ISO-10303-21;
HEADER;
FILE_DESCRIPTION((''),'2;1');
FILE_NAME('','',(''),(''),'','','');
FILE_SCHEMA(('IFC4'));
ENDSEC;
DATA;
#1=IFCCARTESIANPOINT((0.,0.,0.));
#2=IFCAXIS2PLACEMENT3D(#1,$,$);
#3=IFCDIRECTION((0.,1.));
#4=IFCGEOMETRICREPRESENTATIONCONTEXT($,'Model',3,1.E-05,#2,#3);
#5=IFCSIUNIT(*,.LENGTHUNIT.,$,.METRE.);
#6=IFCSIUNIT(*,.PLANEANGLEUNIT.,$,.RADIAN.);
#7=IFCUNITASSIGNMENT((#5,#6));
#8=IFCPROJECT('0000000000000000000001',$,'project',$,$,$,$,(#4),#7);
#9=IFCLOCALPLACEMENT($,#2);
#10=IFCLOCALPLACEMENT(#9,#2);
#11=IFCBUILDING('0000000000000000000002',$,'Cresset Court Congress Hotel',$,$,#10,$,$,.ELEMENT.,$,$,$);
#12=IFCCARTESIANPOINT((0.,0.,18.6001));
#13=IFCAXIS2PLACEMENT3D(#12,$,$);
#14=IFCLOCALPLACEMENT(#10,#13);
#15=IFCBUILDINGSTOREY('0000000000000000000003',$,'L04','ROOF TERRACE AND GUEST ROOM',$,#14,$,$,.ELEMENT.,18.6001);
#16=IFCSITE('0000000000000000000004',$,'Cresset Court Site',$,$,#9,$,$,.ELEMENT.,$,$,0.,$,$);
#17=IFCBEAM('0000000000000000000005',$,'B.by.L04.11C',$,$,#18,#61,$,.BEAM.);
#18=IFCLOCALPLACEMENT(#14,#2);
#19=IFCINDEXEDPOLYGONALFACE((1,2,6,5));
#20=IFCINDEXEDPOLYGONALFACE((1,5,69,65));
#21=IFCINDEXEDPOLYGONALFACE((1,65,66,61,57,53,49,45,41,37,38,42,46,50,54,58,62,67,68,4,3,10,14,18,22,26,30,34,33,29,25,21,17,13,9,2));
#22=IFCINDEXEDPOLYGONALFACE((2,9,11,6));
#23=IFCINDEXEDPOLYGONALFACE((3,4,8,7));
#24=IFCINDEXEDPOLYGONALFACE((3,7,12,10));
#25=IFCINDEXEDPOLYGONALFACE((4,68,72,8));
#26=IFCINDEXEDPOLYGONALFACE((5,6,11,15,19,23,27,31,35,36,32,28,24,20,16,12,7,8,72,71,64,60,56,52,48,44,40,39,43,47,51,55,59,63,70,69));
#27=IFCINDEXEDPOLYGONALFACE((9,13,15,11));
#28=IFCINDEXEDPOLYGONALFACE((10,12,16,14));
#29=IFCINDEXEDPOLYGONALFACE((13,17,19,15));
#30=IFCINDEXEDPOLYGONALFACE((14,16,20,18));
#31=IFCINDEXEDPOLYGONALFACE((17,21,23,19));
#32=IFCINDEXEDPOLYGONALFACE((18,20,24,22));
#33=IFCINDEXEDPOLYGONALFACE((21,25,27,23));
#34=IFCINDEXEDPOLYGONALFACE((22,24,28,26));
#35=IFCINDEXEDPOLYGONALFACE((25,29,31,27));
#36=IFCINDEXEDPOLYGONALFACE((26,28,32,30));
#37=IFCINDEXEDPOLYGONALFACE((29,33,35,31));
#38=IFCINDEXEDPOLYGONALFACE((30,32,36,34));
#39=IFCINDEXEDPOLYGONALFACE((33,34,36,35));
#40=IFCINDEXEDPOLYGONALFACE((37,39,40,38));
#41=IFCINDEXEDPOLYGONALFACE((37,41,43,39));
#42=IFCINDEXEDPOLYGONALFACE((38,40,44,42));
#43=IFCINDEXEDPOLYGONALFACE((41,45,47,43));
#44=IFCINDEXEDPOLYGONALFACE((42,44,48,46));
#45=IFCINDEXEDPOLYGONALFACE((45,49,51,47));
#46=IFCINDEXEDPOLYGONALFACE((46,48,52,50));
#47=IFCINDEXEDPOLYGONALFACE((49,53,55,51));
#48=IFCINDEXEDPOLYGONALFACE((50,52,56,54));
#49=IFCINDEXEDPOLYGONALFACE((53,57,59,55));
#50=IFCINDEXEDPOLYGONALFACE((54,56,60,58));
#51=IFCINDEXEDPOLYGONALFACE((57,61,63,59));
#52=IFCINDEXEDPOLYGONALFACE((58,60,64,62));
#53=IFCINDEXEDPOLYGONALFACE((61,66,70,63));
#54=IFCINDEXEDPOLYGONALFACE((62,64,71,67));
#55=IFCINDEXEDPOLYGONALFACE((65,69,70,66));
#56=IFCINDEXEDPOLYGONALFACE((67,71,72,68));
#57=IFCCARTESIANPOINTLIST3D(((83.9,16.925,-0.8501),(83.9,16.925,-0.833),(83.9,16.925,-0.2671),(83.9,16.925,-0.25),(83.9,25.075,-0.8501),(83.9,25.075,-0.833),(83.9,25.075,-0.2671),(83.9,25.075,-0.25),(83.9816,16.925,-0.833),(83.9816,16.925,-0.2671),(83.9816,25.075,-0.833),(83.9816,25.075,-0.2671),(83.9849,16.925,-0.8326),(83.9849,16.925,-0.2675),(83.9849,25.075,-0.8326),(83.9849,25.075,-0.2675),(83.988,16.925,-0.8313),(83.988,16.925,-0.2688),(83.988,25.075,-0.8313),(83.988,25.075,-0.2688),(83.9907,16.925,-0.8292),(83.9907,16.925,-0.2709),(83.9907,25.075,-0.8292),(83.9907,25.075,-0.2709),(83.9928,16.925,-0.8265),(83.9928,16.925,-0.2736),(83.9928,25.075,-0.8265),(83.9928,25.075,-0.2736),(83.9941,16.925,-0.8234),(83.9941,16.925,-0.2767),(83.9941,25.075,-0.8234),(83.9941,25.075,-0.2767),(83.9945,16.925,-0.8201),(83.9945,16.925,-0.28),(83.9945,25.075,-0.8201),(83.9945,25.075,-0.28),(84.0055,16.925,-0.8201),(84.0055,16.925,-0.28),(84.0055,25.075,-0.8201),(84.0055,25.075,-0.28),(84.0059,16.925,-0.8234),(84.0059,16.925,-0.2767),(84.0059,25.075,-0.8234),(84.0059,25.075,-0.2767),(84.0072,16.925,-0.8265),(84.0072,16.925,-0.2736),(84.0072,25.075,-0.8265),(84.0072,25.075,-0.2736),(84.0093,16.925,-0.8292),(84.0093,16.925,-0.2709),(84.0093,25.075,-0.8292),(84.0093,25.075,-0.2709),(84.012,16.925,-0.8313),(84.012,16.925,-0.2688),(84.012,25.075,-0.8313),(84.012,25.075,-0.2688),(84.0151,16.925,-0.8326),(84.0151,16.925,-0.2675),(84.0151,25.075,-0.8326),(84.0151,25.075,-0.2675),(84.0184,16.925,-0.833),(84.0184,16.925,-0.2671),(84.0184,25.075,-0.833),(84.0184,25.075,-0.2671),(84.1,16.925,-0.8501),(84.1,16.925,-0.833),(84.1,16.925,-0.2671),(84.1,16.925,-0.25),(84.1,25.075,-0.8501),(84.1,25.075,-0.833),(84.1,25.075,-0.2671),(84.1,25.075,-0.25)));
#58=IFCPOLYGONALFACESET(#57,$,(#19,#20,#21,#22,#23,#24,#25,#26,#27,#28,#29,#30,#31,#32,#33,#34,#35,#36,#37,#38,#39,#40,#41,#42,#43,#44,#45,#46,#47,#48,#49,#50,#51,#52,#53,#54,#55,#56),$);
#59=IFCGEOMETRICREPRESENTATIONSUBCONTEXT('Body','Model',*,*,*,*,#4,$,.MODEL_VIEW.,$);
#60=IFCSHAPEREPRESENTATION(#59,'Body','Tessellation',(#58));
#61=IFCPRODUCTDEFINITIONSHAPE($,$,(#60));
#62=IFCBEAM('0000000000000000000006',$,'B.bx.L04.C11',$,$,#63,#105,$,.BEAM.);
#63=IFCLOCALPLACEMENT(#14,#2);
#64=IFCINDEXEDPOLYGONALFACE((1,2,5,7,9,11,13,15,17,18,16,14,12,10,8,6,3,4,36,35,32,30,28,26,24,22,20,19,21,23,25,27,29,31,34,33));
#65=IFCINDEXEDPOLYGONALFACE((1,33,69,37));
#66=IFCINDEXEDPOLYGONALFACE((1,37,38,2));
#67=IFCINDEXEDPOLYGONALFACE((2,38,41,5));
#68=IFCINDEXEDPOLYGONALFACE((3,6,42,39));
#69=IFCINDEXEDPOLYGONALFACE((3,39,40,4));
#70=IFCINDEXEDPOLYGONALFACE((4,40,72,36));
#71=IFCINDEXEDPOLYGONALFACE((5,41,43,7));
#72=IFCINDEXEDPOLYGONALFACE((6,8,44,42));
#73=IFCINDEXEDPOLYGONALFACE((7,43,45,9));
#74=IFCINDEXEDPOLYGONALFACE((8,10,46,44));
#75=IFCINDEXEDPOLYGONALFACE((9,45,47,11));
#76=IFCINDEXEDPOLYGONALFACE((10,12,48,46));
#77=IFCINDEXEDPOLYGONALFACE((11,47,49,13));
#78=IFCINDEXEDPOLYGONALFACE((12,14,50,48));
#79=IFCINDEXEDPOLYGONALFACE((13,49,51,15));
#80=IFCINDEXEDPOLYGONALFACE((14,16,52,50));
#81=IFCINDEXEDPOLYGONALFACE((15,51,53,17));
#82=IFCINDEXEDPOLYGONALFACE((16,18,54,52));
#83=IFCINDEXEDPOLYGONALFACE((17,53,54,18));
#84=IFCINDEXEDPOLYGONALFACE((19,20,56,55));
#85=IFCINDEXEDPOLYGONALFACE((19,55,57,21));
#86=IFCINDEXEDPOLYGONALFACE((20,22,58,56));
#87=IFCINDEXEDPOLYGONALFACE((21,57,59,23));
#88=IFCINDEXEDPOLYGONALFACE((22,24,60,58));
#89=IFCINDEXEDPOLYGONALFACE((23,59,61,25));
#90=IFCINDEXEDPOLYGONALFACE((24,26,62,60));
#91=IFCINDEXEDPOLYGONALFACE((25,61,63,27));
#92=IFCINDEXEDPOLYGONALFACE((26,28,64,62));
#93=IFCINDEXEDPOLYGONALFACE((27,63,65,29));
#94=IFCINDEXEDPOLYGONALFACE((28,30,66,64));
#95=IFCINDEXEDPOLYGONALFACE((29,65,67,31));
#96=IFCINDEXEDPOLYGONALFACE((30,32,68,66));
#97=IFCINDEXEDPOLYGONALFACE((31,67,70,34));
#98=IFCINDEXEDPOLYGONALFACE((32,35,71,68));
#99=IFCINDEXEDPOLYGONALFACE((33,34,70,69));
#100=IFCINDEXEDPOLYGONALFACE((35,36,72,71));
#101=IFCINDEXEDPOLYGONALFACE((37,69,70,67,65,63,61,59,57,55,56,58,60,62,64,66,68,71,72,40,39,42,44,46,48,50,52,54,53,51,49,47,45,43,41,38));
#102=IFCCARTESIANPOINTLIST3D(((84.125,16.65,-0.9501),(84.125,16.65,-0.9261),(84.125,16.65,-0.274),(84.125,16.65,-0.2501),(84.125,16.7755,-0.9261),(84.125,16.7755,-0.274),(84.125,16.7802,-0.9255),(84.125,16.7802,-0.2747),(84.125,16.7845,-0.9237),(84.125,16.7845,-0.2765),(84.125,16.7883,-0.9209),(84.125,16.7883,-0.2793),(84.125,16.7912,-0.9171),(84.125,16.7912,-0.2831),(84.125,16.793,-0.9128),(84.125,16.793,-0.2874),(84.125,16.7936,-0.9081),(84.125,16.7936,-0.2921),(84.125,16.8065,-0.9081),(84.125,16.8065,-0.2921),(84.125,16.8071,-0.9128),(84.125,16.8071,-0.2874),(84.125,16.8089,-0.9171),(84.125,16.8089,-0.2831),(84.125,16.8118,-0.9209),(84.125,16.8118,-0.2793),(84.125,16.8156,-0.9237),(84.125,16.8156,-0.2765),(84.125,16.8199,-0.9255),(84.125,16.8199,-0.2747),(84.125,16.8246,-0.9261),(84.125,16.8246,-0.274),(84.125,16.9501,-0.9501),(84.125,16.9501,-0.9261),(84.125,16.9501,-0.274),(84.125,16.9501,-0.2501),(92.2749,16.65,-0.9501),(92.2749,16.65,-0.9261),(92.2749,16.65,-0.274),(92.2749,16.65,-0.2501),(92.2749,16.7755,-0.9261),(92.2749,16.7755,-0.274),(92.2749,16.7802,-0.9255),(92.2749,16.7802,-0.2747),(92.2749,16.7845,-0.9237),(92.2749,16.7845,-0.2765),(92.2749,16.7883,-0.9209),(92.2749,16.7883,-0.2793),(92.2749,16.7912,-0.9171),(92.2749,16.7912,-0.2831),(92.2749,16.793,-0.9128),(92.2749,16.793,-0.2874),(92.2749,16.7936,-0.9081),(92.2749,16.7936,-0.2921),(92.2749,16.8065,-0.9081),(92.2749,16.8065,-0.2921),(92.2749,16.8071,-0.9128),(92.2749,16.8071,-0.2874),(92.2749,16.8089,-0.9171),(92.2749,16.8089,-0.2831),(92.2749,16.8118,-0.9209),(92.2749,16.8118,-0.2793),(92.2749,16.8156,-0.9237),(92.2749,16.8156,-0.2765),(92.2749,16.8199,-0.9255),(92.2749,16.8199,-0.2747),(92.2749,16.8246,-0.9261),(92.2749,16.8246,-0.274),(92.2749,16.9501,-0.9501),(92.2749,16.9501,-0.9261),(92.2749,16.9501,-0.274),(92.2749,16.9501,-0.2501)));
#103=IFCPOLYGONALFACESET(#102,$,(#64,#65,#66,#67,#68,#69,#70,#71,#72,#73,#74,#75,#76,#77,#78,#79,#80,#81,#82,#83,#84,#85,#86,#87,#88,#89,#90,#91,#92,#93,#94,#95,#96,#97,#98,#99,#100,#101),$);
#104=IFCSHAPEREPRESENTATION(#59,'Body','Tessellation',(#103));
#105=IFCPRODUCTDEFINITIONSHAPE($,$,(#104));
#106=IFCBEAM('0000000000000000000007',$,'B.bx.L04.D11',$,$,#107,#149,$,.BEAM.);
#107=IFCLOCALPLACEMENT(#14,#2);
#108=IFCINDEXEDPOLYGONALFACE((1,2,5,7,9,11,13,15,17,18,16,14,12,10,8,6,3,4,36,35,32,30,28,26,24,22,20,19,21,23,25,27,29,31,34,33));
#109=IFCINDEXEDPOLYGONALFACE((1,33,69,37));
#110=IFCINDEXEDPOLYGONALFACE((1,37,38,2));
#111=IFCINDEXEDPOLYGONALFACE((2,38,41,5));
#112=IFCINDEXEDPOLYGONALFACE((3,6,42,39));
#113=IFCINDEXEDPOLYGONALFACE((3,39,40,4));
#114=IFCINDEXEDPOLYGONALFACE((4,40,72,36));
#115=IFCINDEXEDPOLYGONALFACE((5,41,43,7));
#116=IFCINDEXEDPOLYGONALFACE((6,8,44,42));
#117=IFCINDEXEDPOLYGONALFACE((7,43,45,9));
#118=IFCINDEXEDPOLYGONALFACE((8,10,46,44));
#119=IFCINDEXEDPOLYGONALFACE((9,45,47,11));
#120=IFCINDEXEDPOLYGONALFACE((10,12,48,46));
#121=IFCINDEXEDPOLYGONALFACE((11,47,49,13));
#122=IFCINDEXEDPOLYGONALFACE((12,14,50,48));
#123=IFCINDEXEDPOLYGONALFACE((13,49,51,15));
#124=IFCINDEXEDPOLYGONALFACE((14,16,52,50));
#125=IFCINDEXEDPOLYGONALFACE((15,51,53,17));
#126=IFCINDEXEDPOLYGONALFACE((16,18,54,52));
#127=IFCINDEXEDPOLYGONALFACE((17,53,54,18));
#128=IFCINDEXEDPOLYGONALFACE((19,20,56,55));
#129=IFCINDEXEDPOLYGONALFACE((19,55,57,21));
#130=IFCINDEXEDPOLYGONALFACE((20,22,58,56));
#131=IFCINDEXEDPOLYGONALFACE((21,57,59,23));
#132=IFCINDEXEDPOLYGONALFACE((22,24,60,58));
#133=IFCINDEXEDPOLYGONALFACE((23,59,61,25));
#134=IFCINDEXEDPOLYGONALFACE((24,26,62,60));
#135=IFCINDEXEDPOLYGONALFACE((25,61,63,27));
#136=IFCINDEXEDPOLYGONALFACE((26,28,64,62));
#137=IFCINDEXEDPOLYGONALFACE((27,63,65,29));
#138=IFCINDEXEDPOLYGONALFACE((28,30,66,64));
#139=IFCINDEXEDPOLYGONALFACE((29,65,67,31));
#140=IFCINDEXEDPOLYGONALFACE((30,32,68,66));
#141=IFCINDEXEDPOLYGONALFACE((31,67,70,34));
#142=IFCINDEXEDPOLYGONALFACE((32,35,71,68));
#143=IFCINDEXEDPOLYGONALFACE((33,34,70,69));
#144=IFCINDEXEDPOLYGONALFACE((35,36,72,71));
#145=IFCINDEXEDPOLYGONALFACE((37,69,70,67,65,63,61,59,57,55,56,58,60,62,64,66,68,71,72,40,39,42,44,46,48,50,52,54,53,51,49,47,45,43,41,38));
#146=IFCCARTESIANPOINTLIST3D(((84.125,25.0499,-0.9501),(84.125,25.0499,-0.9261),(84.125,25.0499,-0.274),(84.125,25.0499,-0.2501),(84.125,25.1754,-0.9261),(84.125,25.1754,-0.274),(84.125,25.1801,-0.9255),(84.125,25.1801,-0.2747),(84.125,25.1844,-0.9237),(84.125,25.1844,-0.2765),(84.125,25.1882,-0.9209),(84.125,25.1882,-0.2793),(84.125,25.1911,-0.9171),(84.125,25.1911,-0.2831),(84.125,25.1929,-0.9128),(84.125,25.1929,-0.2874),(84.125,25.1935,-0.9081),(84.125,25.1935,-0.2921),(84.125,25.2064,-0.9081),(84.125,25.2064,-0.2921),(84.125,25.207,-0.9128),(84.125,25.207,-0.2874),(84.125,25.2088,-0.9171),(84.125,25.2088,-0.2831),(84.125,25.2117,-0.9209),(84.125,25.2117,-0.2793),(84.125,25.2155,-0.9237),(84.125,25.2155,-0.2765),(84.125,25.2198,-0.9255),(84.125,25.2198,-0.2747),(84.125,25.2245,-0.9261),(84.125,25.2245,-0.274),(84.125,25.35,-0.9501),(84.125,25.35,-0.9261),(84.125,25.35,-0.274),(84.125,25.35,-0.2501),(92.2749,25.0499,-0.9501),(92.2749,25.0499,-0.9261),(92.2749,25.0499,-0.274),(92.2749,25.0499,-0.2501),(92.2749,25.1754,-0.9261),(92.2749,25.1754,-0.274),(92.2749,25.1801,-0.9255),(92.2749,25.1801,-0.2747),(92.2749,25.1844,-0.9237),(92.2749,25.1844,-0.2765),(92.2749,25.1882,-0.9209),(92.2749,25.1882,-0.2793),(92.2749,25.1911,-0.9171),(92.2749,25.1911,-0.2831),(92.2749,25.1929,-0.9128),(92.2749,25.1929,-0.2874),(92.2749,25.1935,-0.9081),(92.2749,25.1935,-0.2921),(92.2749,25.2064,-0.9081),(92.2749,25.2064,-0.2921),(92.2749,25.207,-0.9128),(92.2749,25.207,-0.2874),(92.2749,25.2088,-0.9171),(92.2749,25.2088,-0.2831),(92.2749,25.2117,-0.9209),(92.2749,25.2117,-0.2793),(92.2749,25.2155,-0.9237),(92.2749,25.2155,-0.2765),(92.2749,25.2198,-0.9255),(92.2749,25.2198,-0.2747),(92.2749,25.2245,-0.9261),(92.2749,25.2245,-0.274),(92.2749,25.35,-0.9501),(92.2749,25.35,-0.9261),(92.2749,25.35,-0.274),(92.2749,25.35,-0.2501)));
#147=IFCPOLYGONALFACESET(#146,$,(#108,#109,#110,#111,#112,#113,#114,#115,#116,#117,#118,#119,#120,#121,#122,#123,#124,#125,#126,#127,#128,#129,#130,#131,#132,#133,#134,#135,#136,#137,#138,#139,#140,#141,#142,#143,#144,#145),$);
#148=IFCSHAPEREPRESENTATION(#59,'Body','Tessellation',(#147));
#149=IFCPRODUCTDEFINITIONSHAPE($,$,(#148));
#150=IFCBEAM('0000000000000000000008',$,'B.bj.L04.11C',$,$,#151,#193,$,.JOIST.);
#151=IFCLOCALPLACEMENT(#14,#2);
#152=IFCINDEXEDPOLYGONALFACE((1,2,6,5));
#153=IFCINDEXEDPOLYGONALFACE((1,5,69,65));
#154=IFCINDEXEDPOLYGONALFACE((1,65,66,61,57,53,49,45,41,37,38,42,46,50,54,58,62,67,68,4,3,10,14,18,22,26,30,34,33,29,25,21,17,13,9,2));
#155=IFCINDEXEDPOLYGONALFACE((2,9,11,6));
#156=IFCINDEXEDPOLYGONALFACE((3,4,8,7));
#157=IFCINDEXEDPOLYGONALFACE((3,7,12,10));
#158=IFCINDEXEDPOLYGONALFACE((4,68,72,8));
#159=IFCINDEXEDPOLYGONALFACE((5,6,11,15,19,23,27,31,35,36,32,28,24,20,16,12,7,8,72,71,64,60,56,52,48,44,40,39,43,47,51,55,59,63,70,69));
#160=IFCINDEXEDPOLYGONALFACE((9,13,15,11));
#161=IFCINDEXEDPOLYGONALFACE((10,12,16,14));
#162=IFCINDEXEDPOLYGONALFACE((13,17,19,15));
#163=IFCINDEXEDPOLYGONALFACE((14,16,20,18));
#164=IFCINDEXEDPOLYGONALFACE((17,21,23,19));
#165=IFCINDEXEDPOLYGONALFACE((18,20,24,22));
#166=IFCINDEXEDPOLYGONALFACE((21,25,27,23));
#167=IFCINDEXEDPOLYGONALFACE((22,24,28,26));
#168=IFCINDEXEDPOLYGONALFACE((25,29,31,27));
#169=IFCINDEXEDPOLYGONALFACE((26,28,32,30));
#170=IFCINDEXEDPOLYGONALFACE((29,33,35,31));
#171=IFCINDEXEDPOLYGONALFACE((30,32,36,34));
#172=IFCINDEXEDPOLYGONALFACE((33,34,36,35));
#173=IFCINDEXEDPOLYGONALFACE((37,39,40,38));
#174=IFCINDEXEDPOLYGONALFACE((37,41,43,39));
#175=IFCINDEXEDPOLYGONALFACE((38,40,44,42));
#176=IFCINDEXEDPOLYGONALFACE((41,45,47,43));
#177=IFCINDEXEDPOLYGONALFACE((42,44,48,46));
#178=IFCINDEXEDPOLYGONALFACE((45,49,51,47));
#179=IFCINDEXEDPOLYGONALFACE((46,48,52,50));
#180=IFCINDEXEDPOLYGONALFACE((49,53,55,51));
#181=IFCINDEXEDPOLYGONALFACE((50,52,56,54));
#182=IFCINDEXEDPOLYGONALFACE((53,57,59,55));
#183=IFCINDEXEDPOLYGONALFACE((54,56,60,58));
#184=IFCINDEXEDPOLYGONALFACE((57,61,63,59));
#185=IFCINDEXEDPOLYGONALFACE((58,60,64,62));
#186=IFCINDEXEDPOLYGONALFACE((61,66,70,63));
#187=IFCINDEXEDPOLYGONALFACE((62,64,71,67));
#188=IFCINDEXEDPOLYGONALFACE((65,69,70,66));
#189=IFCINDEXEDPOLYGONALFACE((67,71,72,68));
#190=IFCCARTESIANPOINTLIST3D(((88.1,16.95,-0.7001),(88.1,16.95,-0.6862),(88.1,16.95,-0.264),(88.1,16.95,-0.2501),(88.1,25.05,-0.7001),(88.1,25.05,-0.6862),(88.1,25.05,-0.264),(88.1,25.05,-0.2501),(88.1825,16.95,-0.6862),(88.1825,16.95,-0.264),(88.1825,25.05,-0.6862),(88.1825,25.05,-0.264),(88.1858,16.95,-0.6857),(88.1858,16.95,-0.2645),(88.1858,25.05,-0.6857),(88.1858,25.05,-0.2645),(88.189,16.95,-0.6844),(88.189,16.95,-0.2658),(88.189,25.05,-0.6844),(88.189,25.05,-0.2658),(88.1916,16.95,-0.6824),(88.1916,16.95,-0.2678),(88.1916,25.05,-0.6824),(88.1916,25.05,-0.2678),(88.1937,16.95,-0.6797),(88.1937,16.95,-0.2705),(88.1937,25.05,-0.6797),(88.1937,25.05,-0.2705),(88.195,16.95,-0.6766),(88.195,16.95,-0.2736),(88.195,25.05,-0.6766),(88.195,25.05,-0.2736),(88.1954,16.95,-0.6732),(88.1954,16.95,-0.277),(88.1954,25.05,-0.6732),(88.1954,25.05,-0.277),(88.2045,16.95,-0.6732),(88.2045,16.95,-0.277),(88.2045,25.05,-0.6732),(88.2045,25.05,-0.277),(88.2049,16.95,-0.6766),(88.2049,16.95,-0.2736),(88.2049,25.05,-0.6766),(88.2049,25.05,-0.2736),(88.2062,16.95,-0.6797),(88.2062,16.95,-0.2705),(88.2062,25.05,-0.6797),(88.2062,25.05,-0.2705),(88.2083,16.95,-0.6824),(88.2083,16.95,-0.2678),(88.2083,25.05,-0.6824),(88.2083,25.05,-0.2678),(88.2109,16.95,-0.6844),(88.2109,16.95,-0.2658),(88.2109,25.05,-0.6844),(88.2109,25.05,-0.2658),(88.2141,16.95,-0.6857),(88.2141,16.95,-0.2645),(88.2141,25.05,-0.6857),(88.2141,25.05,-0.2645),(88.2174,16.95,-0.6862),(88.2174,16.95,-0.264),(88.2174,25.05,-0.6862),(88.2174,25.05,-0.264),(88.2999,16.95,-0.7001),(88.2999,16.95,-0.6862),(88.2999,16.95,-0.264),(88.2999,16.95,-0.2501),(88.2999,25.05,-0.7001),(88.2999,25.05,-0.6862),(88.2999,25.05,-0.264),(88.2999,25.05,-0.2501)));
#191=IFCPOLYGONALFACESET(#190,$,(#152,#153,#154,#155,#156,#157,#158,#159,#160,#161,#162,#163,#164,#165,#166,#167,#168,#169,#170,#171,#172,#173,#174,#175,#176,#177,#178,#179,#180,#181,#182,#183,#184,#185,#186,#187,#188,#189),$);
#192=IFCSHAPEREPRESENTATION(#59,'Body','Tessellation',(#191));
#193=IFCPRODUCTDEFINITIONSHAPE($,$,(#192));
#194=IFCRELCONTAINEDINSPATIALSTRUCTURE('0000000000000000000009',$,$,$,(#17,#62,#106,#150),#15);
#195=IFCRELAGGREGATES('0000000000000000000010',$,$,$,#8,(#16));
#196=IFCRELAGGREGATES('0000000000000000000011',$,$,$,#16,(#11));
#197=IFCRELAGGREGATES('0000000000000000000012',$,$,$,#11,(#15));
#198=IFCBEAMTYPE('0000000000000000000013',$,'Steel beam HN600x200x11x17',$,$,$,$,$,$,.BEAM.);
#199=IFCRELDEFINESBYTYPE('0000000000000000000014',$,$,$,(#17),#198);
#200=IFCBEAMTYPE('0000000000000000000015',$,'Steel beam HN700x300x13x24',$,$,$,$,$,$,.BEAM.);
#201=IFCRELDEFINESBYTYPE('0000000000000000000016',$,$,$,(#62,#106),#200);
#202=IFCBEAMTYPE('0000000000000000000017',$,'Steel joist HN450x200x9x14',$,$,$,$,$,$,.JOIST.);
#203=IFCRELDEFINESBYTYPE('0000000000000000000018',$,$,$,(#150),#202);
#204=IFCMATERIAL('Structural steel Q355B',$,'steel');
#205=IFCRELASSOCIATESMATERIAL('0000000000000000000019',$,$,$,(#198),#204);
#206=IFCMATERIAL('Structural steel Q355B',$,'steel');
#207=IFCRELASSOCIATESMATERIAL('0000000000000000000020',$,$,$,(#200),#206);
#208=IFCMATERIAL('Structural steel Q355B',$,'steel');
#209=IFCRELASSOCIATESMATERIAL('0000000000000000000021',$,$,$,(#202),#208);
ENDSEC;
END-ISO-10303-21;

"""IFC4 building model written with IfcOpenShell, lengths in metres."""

from ifc_helpers import new_model, si_unit, direction, frame, origin, origin_2d, place, context, subcontext, project, spatial, i_section, extrude, material, material_profile, profile_set, type_object, element, save


model = new_model("IFC4")

# Units and contexts
model_context = context("Model", 3, precision=1e-05, world=origin(), true_north=direction((0.0, 1.0)))
body_context = subcontext(model_context, "Body", "Model", "MODEL_VIEW")
ifc_project = project(units=[si_unit("LENGTHUNIT", "METRE"), si_unit("PLANEANGLEUNIT", "RADIAN")], contexts=[model_context])

# Site, building, storey
site_placement = place(None, origin())
site = spatial("IfcSite", under=ifc_project, at=site_placement, Name="Cresset Court Site", CompositionType="ELEMENT", RefElevation=0.0)
building_placement = place(site_placement, origin())
building = spatial("IfcBuilding", under=site, at=building_placement, Name="Cresset Court Congress Hotel", CompositionType="ELEMENT")
storey_placement = place(building_placement, frame((0.0, 0.0, 18.6001)))
storey = spatial("IfcBuildingStorey", under=building, at=storey_placement, Name="L04", Description="ROOF TERRACE AND GUEST ROOM", CompositionType="ELEMENT", Elevation=18.6001)

# Beams
ifc_material_1 = material(Name="Structural steel Q355B", Category="steel")
ifc_material_profile_1 = material_profile(ifc_material_1, i_section(OverallWidth=0.2, OverallDepth=0.6001, WebThickness=0.011, FlangeThickness=0.0171, FilletRadius=0.0129, at=origin_2d()), Name="HN600x200x11x17")
ifc_profile_set_1 = profile_set([ifc_material_profile_1], Name="Structural steel Q355B")
beam_type_1 = type_object("IfcBeamType", Name="Steel beam HN600x200x11x17", PredefinedType="BEAM", material=ifc_profile_set_1)
beam_1_placement = place(storey_placement, frame((84.0, 16.925, -0.55), z_axis=(0.0, 1.0, 0.0), x_axis=(-1.0, 0.0, 0.0)))
element("IfcBeam", 1, at=beam_1_placement, inside=storey, type_object=beam_type_1, Name="B.by.L04.11C", PredefinedType="BEAM", context=body_context, shape_type="SweptSolid", body=[
    extrude(i_section(OverallWidth=0.2, OverallDepth=0.6001, WebThickness=0.011, FlangeThickness=0.0171, FilletRadius=0.0129, at=origin_2d()), origin(), (0.0, 0.0, 1.0), 8.1499),
])
ifc_material_2 = material(Name="Structural steel Q355B", Category="steel")
ifc_material_profile_2 = material_profile(ifc_material_2, i_section(OverallWidth=0.3, OverallDepth=0.7, WebThickness=0.0129, FlangeThickness=0.0239, FilletRadius=0.0181, at=origin_2d()), Name="HN700x300x13x24")
ifc_profile_set_2 = profile_set([ifc_material_profile_2], Name="Structural steel Q355B")
beam_type_2 = type_object("IfcBeamType", Name="Steel beam HN700x300x13x24", PredefinedType="BEAM", material=ifc_profile_set_2)
for number, where, z_axis, x_axis, name in (
    (2, (84.125, 16.8, -0.6001), (1.0, 0.0, 0.0), (0.0, 1.0, 0.0), "B.bx.L04.C11"),
    (3, (84.125, 25.2, -0.6001), (1.0, 0.0, 0.0), (0.0, 1.0, 0.0), "B.bx.L04.D11"),
):
    element("IfcBeam", number, at=place(storey_placement, frame(where, z_axis=z_axis, x_axis=x_axis)), inside=storey, type_object=beam_type_2, Name=name, PredefinedType="BEAM", context=body_context, shape_type="SweptSolid", body=[
        extrude(i_section(OverallWidth=0.3, OverallDepth=0.7, WebThickness=0.0129, FlangeThickness=0.0239, FilletRadius=0.0181, at=origin_2d()), origin(), (0.0, 0.0, 1.0), 8.1499),
    ])
ifc_material_3 = material(Name="Structural steel Q355B", Category="steel")
ifc_material_profile_3 = material_profile(ifc_material_3, i_section(OverallWidth=0.2, OverallDepth=0.45, WebThickness=0.009, FlangeThickness=0.0139, FilletRadius=0.0129, at=origin_2d()), Name="HN450x200x9x14")
ifc_profile_set_3 = profile_set([ifc_material_profile_3], Name="Structural steel Q355B")
beam_type_3 = type_object("IfcBeamType", Name="Steel joist HN450x200x9x14", PredefinedType="JOIST", material=ifc_profile_set_3)
beam_2_placement = place(storey_placement, frame((88.2, 16.95, -0.4751), z_axis=(0.0, 1.0, 0.0), x_axis=(-1.0, 0.0, 0.0)))
element("IfcBeam", 4, at=beam_2_placement, inside=storey, type_object=beam_type_3, Name="B.bj.L04.11C", PredefinedType="JOIST", context=body_context, shape_type="SweptSolid", body=[
    extrude(i_section(OverallWidth=0.2, OverallDepth=0.45, WebThickness=0.009, FlangeThickness=0.0139, FilletRadius=0.0129, at=origin_2d()), origin(), (0.0, 0.0, 1.0), 8.1001),
])

save(model, "model.ifc")
